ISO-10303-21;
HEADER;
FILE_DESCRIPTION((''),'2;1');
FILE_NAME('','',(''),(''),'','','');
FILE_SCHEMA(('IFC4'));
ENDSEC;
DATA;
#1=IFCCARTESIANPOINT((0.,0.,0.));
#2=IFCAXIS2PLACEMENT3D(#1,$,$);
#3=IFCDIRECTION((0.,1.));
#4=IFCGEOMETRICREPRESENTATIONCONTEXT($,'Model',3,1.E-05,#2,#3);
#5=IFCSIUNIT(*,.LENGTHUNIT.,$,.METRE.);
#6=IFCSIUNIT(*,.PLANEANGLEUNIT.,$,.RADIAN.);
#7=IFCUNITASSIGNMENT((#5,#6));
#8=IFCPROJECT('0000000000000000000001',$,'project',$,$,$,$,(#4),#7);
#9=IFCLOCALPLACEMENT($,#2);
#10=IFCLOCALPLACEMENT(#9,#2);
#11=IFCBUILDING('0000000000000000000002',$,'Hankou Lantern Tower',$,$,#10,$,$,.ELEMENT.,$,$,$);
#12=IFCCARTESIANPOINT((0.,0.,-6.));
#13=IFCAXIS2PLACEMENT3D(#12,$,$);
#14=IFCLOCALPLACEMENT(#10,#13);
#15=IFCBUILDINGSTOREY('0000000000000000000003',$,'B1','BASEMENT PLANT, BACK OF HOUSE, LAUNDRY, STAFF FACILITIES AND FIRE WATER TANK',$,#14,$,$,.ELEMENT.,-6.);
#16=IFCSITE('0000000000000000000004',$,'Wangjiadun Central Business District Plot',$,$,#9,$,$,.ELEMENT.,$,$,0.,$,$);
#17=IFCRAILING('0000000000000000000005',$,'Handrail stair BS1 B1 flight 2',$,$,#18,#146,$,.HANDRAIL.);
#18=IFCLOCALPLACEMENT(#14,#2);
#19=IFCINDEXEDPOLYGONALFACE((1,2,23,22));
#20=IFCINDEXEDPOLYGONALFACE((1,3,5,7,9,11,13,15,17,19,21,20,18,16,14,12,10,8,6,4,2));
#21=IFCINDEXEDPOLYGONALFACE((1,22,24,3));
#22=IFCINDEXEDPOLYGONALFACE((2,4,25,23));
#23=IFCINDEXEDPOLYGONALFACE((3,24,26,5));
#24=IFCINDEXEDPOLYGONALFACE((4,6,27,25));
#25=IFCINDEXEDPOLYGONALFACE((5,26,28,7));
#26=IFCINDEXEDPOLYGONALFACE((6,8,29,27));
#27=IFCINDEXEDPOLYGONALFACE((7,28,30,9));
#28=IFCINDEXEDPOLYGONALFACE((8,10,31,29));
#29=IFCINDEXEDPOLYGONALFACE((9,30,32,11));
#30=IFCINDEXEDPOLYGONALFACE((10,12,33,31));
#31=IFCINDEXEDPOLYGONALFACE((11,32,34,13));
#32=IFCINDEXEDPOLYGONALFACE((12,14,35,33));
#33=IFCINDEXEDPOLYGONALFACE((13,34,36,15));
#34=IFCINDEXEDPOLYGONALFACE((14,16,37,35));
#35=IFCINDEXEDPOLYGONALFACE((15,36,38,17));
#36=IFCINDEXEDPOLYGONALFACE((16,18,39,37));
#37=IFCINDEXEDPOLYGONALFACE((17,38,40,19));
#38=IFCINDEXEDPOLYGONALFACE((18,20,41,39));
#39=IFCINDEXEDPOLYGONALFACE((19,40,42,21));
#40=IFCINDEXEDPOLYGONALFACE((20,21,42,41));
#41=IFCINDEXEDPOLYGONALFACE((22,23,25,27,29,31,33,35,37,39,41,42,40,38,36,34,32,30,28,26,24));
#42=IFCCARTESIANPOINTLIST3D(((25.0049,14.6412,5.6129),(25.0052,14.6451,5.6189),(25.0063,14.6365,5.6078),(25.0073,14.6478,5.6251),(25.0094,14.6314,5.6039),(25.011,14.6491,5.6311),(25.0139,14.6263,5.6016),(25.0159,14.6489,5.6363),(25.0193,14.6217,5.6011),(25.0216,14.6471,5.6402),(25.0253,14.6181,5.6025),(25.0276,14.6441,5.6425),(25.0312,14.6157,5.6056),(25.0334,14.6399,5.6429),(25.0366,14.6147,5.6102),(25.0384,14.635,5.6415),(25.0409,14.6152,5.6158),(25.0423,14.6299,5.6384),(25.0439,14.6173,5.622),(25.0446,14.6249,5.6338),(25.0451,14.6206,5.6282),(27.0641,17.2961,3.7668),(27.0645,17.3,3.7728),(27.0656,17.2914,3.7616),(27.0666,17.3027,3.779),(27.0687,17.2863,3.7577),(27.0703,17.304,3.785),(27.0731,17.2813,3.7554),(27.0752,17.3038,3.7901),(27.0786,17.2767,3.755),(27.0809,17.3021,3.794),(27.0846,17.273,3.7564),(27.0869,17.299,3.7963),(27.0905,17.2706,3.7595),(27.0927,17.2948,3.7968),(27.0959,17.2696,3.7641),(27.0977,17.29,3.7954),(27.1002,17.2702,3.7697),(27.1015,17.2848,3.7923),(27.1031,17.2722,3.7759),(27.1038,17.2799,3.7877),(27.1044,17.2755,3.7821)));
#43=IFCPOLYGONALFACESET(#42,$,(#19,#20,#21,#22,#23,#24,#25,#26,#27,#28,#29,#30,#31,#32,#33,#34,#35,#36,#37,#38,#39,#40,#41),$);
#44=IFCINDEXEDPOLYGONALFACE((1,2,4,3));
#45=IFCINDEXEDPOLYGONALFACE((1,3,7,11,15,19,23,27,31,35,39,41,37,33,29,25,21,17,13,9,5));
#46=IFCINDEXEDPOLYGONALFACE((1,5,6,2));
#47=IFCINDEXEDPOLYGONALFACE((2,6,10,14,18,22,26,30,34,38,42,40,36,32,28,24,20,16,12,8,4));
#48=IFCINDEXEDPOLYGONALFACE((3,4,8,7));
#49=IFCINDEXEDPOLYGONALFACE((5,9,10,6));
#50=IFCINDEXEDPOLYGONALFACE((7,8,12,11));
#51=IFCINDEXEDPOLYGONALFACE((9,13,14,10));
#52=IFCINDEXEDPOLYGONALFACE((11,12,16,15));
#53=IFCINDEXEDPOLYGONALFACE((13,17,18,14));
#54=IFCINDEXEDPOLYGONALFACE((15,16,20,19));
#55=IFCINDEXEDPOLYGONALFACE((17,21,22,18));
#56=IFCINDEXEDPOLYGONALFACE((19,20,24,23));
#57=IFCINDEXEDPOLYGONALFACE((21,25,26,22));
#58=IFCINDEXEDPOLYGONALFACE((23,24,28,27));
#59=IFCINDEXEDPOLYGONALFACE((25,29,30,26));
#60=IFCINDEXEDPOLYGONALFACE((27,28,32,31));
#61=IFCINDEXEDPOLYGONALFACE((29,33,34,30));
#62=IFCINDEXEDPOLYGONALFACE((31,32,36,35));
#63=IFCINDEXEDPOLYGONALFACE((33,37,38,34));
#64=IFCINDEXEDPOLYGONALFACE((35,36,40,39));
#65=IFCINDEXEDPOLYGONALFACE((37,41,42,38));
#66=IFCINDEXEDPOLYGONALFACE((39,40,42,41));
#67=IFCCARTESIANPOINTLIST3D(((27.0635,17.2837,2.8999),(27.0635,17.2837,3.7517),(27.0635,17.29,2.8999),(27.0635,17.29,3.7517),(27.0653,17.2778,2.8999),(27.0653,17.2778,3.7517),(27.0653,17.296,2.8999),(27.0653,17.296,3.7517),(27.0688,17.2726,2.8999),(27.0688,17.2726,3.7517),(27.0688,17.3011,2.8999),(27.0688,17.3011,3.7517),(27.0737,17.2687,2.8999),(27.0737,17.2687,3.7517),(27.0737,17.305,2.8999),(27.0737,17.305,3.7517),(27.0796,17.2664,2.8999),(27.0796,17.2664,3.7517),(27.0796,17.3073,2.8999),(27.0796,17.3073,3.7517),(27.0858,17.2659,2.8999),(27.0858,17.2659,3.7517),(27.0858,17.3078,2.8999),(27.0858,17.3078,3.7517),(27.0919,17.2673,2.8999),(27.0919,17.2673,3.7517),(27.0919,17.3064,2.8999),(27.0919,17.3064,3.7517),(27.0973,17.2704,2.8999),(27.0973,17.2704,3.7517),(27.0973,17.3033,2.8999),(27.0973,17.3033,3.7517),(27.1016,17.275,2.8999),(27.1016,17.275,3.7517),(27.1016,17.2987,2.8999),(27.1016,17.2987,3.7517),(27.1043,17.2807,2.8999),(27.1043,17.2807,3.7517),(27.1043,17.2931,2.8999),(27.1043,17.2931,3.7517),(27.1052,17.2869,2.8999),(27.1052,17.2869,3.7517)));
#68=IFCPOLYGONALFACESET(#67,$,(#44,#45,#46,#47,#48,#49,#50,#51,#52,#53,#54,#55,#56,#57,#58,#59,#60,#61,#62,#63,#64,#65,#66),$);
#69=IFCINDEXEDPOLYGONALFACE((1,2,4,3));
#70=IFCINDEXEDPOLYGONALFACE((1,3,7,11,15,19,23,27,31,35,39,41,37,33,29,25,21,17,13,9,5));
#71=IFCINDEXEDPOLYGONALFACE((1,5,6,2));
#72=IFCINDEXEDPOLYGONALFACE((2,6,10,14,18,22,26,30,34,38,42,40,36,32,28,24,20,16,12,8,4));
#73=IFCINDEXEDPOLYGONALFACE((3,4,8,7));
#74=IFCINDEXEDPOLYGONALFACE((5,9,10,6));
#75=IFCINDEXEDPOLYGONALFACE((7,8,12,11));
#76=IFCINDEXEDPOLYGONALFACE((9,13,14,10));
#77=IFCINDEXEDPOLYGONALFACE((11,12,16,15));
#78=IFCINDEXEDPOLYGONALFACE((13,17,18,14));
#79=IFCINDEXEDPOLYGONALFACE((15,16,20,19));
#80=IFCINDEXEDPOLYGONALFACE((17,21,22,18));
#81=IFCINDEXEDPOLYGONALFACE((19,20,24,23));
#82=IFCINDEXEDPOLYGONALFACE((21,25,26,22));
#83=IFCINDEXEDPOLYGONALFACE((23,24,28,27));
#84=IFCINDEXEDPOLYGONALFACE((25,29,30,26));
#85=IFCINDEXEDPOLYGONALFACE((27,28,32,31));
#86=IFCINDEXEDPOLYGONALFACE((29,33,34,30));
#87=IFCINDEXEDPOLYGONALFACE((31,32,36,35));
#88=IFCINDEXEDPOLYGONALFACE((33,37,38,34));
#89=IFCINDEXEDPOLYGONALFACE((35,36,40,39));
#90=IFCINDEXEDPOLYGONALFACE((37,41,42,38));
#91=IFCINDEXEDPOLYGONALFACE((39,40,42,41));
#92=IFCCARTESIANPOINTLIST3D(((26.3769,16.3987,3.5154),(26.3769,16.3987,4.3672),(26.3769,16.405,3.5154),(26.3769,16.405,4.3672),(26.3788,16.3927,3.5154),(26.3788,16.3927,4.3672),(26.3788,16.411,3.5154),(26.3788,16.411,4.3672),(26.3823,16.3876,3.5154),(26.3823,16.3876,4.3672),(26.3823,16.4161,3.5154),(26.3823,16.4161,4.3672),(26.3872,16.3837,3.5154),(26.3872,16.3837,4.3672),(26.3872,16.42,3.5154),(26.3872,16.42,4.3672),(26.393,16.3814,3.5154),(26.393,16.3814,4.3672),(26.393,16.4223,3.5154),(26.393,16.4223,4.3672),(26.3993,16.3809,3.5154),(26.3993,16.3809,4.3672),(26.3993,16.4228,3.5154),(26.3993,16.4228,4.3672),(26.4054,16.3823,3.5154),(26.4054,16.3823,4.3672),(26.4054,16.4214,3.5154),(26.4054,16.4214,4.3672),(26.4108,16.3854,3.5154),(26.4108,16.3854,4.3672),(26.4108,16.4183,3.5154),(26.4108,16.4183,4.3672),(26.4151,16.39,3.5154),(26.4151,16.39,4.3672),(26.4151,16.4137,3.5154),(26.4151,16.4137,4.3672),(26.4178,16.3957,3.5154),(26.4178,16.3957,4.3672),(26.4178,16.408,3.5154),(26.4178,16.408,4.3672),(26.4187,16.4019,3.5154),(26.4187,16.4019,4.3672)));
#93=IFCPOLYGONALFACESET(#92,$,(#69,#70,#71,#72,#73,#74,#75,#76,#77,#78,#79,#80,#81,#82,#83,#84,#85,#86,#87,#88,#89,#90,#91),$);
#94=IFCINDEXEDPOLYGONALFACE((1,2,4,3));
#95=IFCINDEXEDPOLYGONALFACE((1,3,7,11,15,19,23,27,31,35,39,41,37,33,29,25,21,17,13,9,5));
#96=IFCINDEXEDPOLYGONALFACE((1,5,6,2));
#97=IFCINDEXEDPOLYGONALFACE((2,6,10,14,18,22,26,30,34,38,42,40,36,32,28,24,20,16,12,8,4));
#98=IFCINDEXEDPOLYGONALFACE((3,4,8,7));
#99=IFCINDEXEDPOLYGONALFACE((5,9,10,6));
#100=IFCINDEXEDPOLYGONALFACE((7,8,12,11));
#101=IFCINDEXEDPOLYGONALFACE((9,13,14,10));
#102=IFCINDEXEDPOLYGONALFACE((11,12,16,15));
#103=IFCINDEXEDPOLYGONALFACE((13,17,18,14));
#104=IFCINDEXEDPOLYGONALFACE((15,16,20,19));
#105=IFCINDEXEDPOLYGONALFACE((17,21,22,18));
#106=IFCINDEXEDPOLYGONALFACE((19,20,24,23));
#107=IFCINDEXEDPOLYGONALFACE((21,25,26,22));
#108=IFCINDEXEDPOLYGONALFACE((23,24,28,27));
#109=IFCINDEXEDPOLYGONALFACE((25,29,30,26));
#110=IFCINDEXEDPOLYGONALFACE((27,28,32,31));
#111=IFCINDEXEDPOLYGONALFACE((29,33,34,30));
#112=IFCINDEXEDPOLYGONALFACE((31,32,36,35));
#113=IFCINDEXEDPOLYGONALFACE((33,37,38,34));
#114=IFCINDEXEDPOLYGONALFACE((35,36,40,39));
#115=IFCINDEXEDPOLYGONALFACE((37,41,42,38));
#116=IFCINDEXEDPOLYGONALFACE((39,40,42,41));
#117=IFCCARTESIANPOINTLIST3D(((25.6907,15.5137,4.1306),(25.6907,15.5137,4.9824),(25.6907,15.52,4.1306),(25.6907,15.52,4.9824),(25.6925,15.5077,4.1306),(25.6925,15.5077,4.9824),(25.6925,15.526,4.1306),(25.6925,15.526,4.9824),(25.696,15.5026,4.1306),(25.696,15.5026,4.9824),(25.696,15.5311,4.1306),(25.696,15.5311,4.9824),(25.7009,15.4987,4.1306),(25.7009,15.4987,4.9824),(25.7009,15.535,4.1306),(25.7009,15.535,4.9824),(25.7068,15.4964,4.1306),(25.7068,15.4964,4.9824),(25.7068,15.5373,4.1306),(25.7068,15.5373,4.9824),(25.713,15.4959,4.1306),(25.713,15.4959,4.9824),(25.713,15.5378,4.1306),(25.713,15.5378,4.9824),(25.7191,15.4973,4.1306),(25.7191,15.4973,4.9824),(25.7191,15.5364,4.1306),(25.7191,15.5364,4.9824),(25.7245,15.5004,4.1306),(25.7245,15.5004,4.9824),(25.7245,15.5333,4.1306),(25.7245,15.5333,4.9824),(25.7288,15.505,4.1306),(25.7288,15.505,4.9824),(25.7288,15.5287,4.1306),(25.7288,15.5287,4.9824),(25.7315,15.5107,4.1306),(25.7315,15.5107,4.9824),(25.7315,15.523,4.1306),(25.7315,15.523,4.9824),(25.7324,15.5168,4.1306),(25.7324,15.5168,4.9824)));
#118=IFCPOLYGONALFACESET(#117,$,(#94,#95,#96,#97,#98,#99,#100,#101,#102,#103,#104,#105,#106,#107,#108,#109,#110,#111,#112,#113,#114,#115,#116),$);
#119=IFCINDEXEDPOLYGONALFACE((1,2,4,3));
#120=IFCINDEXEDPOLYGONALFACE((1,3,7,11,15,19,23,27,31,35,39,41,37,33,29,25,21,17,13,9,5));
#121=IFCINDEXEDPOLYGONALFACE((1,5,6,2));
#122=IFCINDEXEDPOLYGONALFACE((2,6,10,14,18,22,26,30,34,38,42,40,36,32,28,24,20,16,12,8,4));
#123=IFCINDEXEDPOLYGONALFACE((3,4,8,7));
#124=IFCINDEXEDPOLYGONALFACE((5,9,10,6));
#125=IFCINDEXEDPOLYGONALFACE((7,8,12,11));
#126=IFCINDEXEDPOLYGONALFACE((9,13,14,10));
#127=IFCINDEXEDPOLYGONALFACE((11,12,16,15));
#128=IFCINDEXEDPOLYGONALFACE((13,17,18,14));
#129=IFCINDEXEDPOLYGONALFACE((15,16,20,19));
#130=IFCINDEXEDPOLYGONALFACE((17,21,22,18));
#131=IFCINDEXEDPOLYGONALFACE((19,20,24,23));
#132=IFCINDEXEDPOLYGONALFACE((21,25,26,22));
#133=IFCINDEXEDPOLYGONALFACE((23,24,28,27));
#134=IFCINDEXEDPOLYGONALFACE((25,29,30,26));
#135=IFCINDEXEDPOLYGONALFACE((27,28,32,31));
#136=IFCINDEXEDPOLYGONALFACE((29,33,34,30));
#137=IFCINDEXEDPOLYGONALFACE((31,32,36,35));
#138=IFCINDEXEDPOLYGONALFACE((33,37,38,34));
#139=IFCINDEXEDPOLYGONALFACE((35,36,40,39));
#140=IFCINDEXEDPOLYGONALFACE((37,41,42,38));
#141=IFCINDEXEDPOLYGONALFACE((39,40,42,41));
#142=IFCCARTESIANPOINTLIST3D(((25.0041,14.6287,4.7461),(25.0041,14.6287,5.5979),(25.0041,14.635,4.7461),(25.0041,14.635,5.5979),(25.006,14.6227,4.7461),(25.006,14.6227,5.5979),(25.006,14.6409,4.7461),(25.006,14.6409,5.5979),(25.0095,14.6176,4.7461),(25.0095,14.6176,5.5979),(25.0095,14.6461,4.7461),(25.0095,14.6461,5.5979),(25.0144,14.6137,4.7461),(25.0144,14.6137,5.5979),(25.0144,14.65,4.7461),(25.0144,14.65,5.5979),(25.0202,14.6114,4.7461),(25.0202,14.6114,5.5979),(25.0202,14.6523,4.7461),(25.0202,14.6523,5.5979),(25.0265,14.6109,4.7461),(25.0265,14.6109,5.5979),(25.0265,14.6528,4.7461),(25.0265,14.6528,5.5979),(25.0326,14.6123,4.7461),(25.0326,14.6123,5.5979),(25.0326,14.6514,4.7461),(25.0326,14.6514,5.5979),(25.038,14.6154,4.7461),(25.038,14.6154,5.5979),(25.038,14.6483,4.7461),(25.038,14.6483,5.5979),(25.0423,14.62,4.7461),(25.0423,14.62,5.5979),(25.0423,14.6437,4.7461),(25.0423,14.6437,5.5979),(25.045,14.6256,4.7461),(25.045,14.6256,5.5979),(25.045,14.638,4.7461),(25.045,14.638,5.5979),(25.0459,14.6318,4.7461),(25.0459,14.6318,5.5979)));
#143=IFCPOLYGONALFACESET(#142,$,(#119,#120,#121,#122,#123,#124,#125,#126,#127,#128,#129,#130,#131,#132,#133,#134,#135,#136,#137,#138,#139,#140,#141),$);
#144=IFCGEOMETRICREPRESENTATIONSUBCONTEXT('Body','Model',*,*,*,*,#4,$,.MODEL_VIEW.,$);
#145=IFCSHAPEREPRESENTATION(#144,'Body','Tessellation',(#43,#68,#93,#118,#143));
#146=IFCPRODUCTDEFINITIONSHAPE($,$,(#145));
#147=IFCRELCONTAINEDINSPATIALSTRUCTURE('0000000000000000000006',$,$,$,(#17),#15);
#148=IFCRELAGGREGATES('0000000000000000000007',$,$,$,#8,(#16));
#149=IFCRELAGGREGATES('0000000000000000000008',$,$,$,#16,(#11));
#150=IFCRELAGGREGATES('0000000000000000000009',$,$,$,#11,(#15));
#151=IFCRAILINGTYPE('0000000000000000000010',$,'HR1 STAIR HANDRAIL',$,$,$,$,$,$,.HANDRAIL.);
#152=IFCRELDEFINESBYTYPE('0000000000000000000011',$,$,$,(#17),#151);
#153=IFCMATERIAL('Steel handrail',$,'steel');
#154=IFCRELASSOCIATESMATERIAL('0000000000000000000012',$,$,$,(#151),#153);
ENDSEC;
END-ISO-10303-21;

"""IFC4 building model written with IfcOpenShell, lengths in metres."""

from ifc_helpers import new_model, si_unit, direction, frame, origin, origin_2d, place, context, subcontext, project, spatial, circle, extrude, material, type_object, element, save


model = new_model("IFC4")

# Units and contexts
model_context = context("Model", 3, precision=1e-05, world=origin(), true_north=direction((0.0, 1.0)))
body_context = subcontext(model_context, "Body", "Model", "MODEL_VIEW")
ifc_project = project(units=[si_unit("LENGTHUNIT", "METRE"), si_unit("PLANEANGLEUNIT", "RADIAN")], contexts=[model_context])

# Site, building, storey
site_placement = place(None, origin())
site = spatial("IfcSite", under=ifc_project, at=site_placement, Name="Wangjiadun Central Business District Plot", CompositionType="ELEMENT", RefElevation=0.0)
building_placement = place(site_placement, origin())
building = spatial("IfcBuilding", under=site, at=building_placement, Name="Hankou Lantern Tower", CompositionType="ELEMENT")
storey_placement = place(building_placement, frame((0.0, 0.0, -6.0)))
storey = spatial("IfcBuildingStorey", under=building, at=storey_placement, Name="B1", Description="BASEMENT PLANT, BACK OF HOUSE, LAUNDRY, STAFF FACILITIES AND FIRE WATER TANK", CompositionType="ELEMENT", Elevation=-6.0)

# Railing
ifc_material_1 = material(Name="Steel handrail", Category="steel")
railing_type = type_object("IfcRailingType", Name="HR1 STAIR HANDRAIL", PredefinedType="HANDRAIL", material=ifc_material_1)
railing_1_placement = place(storey_placement, frame((27.0842, 17.2869, 2.8999)))
element("IfcRailing", 1, at=railing_1_placement, inside=storey, type_object=railing_type, Name="Handrail stair BS1 B1 flight 2", PredefinedType="HANDRAIL", context=body_context, shape_type="SweptSolid", body=[
    extrude(circle(Radius=0.0239, at=origin_2d()), frame((0.0, 0.0, 0.876), z_axis=(-0.537143, -0.692522, 0.48155), x_axis=(0.790173, -0.612884, 0.0)), (0.0, 0.0, 1.0), 3.8337),
    extrude(circle(Radius=0.021, at=origin_2d()), origin(), (0.0, 0.0, 1.0), 0.8518),
    extrude(circle(Radius=0.021, at=origin_2d()), frame((-0.6865, -0.885, 0.6155)), (0.0, 0.0, 1.0), 0.8518),
    extrude(circle(Radius=0.021, at=origin_2d()), frame((-1.3728, -1.77, 1.2307)), (0.0, 0.0, 1.0), 0.8518),
    extrude(circle(Radius=0.021, at=origin_2d()), frame((-2.0593, -2.655, 1.8462)), (0.0, 0.0, 1.0), 0.8518),
])

save(model, "model.ifc")
